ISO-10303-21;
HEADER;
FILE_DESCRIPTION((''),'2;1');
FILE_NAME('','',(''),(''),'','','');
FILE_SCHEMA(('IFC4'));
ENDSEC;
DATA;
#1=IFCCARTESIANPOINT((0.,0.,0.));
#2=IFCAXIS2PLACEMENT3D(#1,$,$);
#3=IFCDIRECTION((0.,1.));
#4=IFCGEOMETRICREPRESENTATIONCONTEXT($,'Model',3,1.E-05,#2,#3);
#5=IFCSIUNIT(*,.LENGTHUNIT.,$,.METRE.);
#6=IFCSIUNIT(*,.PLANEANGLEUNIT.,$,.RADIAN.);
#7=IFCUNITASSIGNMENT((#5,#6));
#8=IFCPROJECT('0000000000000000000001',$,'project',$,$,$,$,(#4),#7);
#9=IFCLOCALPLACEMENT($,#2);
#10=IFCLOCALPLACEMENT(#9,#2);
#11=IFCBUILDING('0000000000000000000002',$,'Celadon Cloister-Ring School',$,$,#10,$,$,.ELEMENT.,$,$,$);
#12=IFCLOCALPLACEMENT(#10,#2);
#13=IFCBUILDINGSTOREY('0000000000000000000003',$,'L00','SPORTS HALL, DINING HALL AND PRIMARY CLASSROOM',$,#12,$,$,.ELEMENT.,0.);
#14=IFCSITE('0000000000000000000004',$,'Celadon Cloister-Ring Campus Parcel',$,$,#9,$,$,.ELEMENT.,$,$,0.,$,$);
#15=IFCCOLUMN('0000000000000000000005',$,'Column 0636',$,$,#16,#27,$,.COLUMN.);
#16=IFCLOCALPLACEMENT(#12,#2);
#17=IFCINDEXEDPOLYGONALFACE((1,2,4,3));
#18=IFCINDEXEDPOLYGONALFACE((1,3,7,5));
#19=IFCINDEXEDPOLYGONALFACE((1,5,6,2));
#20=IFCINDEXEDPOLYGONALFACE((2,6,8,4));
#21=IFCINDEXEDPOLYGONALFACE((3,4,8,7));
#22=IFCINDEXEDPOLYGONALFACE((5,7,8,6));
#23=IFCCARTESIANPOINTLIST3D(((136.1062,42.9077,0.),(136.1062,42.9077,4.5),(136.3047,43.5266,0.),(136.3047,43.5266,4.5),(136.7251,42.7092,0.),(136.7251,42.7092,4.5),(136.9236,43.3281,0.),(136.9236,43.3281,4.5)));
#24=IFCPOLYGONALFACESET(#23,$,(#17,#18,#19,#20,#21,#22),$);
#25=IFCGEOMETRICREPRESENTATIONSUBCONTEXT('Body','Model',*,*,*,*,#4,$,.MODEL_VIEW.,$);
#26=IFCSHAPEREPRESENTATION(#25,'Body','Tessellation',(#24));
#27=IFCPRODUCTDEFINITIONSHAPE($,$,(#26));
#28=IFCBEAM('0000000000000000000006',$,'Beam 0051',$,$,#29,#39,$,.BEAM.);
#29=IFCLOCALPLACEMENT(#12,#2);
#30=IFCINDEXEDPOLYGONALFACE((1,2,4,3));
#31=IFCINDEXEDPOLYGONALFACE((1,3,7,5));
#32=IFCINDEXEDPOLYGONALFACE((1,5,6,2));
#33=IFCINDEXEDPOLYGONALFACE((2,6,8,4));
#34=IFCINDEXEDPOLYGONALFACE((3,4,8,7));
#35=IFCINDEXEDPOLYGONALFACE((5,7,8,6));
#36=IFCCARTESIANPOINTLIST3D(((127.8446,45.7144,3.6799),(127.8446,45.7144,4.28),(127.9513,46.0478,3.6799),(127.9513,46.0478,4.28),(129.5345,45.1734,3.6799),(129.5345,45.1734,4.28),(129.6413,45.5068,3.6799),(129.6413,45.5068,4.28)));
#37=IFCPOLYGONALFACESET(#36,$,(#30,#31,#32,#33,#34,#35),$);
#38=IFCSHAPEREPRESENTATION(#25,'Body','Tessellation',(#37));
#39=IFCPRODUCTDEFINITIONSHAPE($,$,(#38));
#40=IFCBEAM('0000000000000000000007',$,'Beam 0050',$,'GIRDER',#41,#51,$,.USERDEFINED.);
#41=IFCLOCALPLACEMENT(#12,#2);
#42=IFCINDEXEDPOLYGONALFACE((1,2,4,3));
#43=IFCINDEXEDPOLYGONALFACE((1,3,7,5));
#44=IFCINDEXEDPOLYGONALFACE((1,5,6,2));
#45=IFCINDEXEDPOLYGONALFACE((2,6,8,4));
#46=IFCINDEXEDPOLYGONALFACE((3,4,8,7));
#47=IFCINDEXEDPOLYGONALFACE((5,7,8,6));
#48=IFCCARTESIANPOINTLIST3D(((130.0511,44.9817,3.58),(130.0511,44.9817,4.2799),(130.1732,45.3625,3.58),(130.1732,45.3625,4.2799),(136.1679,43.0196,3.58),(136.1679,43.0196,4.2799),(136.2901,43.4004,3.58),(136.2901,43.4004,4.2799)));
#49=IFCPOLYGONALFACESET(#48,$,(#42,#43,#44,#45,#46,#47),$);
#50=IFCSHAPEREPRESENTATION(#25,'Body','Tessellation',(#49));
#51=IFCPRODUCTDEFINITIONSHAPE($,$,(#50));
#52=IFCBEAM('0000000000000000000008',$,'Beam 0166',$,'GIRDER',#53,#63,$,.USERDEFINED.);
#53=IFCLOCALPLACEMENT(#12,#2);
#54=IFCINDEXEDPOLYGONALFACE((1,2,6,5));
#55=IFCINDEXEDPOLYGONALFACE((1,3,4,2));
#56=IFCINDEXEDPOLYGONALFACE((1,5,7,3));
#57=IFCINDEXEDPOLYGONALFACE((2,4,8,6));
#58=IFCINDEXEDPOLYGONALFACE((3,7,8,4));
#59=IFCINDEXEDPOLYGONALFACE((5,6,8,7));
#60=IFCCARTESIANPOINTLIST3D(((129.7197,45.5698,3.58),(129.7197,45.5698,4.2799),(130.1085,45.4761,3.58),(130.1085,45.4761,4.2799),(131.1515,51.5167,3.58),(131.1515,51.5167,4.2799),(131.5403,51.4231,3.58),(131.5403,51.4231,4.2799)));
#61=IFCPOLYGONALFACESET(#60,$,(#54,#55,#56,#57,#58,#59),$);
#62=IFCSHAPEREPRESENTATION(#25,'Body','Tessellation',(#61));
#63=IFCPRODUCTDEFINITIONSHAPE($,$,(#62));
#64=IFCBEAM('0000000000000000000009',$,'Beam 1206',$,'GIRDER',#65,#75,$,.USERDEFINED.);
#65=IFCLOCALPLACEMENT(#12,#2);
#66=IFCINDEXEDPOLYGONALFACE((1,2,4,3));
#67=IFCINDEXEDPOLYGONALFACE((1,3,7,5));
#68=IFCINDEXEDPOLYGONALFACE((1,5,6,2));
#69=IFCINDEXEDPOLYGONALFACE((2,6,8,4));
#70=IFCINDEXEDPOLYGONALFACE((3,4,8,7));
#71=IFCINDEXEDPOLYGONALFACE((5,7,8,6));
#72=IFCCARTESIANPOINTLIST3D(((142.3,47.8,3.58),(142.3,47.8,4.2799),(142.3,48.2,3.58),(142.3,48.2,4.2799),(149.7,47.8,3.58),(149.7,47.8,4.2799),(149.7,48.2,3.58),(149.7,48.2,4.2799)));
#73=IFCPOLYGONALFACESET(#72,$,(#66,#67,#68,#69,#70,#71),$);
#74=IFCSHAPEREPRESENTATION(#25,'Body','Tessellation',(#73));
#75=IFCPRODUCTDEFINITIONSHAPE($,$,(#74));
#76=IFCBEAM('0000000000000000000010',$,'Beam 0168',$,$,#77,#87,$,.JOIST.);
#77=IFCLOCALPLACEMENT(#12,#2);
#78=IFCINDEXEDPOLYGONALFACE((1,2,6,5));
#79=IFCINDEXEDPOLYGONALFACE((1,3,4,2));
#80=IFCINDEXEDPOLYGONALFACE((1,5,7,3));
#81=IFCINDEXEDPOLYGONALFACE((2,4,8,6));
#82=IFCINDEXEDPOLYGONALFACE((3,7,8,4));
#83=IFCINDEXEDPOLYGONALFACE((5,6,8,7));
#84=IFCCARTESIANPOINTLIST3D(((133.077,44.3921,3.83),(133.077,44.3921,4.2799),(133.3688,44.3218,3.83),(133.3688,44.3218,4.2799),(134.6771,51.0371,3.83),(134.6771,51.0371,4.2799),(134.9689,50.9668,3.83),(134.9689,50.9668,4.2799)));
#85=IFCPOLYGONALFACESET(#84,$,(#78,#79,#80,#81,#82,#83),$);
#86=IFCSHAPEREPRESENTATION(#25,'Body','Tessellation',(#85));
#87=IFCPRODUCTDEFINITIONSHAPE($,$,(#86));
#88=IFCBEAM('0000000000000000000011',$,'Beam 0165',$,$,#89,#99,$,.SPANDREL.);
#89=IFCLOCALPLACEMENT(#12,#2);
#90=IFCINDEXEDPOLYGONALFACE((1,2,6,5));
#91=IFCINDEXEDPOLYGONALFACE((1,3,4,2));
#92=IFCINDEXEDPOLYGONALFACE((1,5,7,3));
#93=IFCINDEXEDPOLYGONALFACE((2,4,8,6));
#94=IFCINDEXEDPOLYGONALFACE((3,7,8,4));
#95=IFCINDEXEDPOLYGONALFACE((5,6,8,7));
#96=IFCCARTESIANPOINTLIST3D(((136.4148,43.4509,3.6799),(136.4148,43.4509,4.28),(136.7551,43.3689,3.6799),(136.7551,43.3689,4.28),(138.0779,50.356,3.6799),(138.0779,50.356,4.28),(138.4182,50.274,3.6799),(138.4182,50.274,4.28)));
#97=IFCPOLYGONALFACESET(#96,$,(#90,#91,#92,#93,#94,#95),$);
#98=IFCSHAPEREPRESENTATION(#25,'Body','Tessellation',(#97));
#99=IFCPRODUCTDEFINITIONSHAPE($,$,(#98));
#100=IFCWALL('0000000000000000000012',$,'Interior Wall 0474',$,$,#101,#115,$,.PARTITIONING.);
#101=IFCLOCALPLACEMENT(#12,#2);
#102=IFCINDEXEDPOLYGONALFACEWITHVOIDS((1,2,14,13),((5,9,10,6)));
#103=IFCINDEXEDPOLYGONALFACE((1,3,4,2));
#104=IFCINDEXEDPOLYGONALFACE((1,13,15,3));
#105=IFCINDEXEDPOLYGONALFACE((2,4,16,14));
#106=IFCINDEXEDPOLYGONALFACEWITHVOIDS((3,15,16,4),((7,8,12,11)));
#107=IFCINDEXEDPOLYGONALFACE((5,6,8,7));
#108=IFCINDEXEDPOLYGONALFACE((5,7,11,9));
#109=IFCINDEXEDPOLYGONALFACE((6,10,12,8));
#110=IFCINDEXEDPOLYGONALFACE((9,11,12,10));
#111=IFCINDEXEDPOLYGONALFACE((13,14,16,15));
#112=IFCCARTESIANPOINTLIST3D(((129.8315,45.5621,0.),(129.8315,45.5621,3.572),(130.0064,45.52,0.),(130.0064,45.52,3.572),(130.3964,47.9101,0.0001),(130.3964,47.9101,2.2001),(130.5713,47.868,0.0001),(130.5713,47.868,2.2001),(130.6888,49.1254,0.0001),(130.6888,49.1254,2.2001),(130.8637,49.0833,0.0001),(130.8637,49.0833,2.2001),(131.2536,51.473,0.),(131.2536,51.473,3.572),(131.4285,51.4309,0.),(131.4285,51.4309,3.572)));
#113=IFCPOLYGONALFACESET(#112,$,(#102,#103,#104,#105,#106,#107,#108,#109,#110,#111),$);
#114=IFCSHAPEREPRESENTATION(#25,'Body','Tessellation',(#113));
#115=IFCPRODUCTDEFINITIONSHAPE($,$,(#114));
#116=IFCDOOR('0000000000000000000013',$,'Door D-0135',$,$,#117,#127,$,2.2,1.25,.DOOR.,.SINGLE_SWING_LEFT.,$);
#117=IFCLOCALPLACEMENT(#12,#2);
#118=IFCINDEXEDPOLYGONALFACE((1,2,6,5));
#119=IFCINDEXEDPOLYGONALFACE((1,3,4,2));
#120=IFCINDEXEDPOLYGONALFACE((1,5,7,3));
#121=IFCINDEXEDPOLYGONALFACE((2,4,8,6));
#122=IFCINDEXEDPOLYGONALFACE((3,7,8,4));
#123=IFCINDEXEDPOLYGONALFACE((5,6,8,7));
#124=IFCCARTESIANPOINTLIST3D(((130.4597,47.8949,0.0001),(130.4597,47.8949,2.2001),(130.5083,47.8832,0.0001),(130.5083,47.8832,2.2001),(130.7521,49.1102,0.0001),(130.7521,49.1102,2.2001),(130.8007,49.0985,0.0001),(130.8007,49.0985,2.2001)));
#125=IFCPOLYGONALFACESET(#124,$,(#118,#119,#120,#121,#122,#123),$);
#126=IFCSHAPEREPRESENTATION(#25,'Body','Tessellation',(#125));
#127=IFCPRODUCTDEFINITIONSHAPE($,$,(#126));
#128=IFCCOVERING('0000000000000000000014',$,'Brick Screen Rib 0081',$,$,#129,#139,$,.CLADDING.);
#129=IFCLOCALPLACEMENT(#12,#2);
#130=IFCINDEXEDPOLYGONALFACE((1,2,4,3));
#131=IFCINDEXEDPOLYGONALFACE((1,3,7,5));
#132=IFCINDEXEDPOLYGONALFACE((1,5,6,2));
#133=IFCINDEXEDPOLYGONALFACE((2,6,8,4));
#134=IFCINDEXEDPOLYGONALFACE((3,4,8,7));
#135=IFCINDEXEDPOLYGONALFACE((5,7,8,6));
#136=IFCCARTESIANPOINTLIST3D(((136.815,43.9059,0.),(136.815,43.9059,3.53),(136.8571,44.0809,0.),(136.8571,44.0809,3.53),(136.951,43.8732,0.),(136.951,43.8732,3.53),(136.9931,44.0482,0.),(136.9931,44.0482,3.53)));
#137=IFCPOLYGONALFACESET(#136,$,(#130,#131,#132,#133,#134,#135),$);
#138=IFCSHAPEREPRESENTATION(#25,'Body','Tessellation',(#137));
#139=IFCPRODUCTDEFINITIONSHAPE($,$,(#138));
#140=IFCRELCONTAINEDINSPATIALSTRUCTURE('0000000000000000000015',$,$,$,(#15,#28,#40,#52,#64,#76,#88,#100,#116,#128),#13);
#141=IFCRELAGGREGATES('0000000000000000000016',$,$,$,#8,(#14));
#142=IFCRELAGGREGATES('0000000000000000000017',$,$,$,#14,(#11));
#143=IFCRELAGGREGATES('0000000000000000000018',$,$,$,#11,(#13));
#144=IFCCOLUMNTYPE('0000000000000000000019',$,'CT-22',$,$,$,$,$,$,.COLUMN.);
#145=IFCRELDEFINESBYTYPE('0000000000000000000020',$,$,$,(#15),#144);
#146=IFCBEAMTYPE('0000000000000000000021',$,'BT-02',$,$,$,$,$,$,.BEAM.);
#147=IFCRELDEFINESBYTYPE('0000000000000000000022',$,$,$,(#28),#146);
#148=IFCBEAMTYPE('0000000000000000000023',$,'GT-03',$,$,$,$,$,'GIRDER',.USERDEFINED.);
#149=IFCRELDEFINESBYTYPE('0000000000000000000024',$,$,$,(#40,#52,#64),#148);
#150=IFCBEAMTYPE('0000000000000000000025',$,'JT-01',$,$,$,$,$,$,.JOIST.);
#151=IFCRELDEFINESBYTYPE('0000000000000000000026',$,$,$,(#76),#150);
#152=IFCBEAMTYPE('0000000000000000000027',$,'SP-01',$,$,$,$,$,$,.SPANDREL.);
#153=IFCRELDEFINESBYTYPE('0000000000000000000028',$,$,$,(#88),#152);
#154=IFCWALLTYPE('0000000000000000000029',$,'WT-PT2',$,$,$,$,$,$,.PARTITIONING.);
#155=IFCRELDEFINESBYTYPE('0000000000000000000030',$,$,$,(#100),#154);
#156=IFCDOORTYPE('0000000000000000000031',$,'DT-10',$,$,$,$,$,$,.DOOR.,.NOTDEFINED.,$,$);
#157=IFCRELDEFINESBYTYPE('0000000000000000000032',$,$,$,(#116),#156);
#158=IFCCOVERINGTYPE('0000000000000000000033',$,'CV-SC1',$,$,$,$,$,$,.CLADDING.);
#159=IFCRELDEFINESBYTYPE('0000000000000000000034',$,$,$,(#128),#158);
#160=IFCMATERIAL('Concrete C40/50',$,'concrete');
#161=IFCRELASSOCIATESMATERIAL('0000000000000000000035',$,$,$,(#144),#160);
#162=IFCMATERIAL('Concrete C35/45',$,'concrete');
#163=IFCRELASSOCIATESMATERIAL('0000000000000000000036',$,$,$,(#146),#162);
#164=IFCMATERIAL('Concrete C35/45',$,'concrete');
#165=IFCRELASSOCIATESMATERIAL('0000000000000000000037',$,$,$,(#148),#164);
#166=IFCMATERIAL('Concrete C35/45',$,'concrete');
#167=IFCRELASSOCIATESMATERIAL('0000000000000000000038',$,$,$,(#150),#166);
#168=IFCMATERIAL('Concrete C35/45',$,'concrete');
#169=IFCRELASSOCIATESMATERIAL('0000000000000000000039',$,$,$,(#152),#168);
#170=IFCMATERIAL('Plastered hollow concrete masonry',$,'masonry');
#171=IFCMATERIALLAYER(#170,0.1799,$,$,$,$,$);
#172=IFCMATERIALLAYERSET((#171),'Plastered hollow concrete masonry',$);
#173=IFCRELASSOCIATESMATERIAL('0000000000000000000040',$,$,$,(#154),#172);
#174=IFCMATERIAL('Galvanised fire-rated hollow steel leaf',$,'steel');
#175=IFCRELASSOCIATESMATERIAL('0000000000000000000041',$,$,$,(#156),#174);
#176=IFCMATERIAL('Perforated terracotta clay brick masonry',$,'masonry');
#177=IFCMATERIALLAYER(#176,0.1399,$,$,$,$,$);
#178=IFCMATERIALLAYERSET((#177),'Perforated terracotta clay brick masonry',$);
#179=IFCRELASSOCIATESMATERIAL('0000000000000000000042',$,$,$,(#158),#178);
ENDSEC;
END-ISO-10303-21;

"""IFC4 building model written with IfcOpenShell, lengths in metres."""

from ifc_helpers import new_model, si_unit, direction, frame, frame_2d, origin, origin_2d, place, context, subcontext, project, spatial, rectangle, extrude, material, layer, layer_set, material_profile, profile_set, type_object, element, fill, save


model = new_model("IFC4")

# Units and contexts
model_context = context("Model", 3, precision=1e-05, world=origin(), true_north=direction((0.0, 1.0)))
body_context = subcontext(model_context, "Body", "Model", "MODEL_VIEW")
ifc_project = project(units=[si_unit("LENGTHUNIT", "METRE"), si_unit("PLANEANGLEUNIT", "RADIAN")], contexts=[model_context])

# Site, building, storey
site_placement = place(None, origin())
site = spatial("IfcSite", under=ifc_project, at=site_placement, Name="Celadon Cloister-Ring Campus Parcel", CompositionType="ELEMENT", RefElevation=0.0)
building_placement = place(site_placement, origin())
building = spatial("IfcBuilding", under=site, at=building_placement, Name="Celadon Cloister-Ring School", CompositionType="ELEMENT")
storey_placement = place(building_placement, origin())
storey = spatial("IfcBuildingStorey", under=building, at=storey_placement, Name="L00", Description="SPORTS HALL, DINING HALL AND PRIMARY CLASSROOM", CompositionType="ELEMENT", Elevation=0.0)

# Column
ifc_material_1 = material(Name="Concrete C40/50", Category="concrete")
ifc_material_profile_1 = material_profile(ifc_material_1, rectangle(XDim=0.6499, YDim=0.6499, at=origin_2d()), Name="RC650X650")
ifc_profile_set_1 = profile_set([ifc_material_profile_1], Name="Concrete C40/50")
column_type_1 = type_object("IfcColumnType", Name="CT-22", PredefinedType="COLUMN", material=ifc_profile_set_1)
column_1_placement = place(storey_placement, frame((136.5149, 43.1179, 0.0), z_axis=(0.0, 0.0, 1.0), x_axis=(0.952215, -0.305429, 0.0)))
element("IfcColumn", 1, at=column_1_placement, inside=storey, type_object=column_type_1, Name="Column 0636", PredefinedType="COLUMN", context=body_context, shape_type="SweptSolid", body=[
    extrude(rectangle(XDim=0.6499, YDim=0.6499, at=origin_2d()), origin(), (0.0, 0.0, 1.0), 4.5),
])

# Beams
ifc_material_2 = material(Name="Concrete C35/45", Category="concrete")
ifc_material_profile_2 = material_profile(ifc_material_2, rectangle(XDim=0.3501, YDim=0.6001, at=origin_2d()), Name="RC350X600")
ifc_profile_set_2 = profile_set([ifc_material_profile_2], Name="Concrete C35/45")
beam_type_1 = type_object("IfcBeamType", Name="BT-02", PredefinedType="BEAM", material=ifc_profile_set_2)
beam_1_placement = place(storey_placement, frame((129.5879, 45.3401, 3.98), z_axis=(-0.952386, 0.304896, 0.0), x_axis=(-0.304896, -0.952386, 0.0)))
element("IfcBeam", 2, at=beam_1_placement, inside=storey, type_object=beam_type_1, Name="Beam 0051", PredefinedType="BEAM", context=body_context, shape_type="SweptSolid", body=[
    extrude(rectangle(XDim=0.3501, YDim=0.6001, at=origin_2d()), origin(), (0.0, 0.0, 1.0), 1.7744),
])
ifc_material_3 = material(Name="Concrete C35/45", Category="concrete")
ifc_material_profile_3 = material_profile(ifc_material_3, rectangle(XDim=0.3999, YDim=0.7, at=origin_2d()), Name="RC400X700")
ifc_profile_set_3 = profile_set([ifc_material_profile_3], Name="Concrete C35/45")
beam_type_2 = type_object("IfcBeamType", Name="GT-03", ElementType="GIRDER", PredefinedType="USERDEFINED", material=ifc_profile_set_3)
beam_2_placement = place(storey_placement, frame((136.229, 43.21, 3.9299), z_axis=(-0.95221, 0.305444, 0.0), x_axis=(-0.305444, -0.95221, 0.0)))
element("IfcBeam", 3, at=beam_2_placement, inside=storey, type_object=beam_type_2, Name="Beam 0050", ObjectType="GIRDER", PredefinedType="USERDEFINED", context=body_context, shape_type="SweptSolid", body=[
    extrude(rectangle(XDim=0.3999, YDim=0.7, at=origin_2d()), origin(), (0.0, 0.0, 1.0), 6.4238),
])
beam_3_placement = place(storey_placement, frame((129.9141, 45.5229, 3.9299), z_axis=(0.234084, 0.972216, 0.0), x_axis=(-0.972216, 0.234084, 0.0)))
element("IfcBeam", 4, at=beam_3_placement, inside=storey, type_object=beam_type_2, Name="Beam 0166", ObjectType="GIRDER", PredefinedType="USERDEFINED", context=body_context, shape_type="SweptSolid", body=[
    extrude(rectangle(XDim=0.3999, YDim=0.7, at=origin_2d()), origin(), (0.0, 0.0, 1.0), 6.1169),
])
beam_4_placement = place(storey_placement, frame((142.3, 48.0, 3.9299), z_axis=(1.0, 0.0, 0.0), x_axis=(0.0, 1.0, 0.0)))
element("IfcBeam", 5, at=beam_4_placement, inside=storey, type_object=beam_type_2, Name="Beam 1206", ObjectType="GIRDER", PredefinedType="USERDEFINED", context=body_context, shape_type="SweptSolid", body=[
    extrude(rectangle(XDim=0.3999, YDim=0.7, at=origin_2d()), origin(), (0.0, 0.0, 1.0), 7.3999),
])
ifc_material_4 = material(Name="Concrete C35/45", Category="concrete")
ifc_material_profile_4 = material_profile(ifc_material_4, rectangle(XDim=0.3, YDim=0.45, at=origin_2d()), Name="RC300X450")
ifc_profile_set_4 = profile_set([ifc_material_profile_4], Name="Concrete C35/45")
beam_type_3 = type_object("IfcBeamType", Name="JT-01", PredefinedType="JOIST", material=ifc_profile_set_4)
beam_5_placement = place(storey_placement, frame((133.2229, 44.3569, 4.0549), z_axis=(0.234105, 0.972211, 0.0), x_axis=(-0.972211, 0.234105, 0.0)))
element("IfcBeam", 6, at=beam_5_placement, inside=storey, type_object=beam_type_3, Name="Beam 0168", PredefinedType="JOIST", context=body_context, shape_type="SweptSolid", body=[
    extrude(rectangle(XDim=0.3, YDim=0.45, at=origin_2d()), origin(), (0.0, 0.0, 1.0), 6.835),
])
ifc_material_5 = material(Name="Concrete C35/45", Category="concrete")
ifc_material_profile_5 = material_profile(ifc_material_5, rectangle(XDim=0.3501, YDim=0.6001, at=origin_2d()), Name="RC350X600")
ifc_profile_set_5 = profile_set([ifc_material_profile_5], Name="Concrete C35/45")
beam_type_4 = type_object("IfcBeamType", Name="SP-01", PredefinedType="SPANDREL", material=ifc_profile_set_5)
beam_6_placement = place(storey_placement, frame((136.585, 43.4099, 3.98), z_axis=(0.234156, 0.972199, 0.0), x_axis=(-0.972199, 0.234156, 0.0)))
element("IfcBeam", 7, at=beam_6_placement, inside=storey, type_object=beam_type_4, Name="Beam 0165", PredefinedType="SPANDREL", context=body_context, shape_type="SweptSolid", body=[
    extrude(rectangle(XDim=0.3501, YDim=0.6001, at=origin_2d()), origin(), (0.0, 0.0, 1.0), 7.1025),
])

# Wall, opening, door
ifc_material_6 = material(Name="Plastered hollow concrete masonry", Category="masonry")
ifc_layer_1 = layer(ifc_material_6, 0.1799)
ifc_layer_set_1 = layer_set([ifc_layer_1], Name="Plastered hollow concrete masonry")
wall_type = type_object("IfcWallType", Name="WT-PT2", PredefinedType="PARTITIONING", material=ifc_layer_set_1)
wall_placement = place(storey_placement, frame((129.9189, 45.541, 0.0), z_axis=(0.0, 0.0, 1.0), x_axis=(0.233918, 0.972256, 0.0)))
wall = element("IfcWall", 8, at=wall_placement, inside=storey, type_object=wall_type, Name="Interior Wall 0474", PredefinedType="PARTITIONING", context=body_context, shape_type="SweptSolid", body=[
    extrude(rectangle(XDim=6.0796, YDim=0.1799, at=frame_2d((3.0398, 0.0))), origin(), (0.0, 0.0, 1.0), 3.572),
])
opening_placement = place(wall_placement, frame((2.415, 0.0, 0.0)))
opening = element("IfcOpeningElement", 9, at=opening_placement, cuts=wall, PredefinedType="OPENING", context=body_context, shape_type="SweptSolid", body=[
    extrude(rectangle(XDim=1.25, YDim=2.2, at=frame_2d((0.625, 1.1001))), frame((0.0, 0.1001, 0.0), z_axis=(0.0, -1.0, 0.0), x_axis=(1.0, 0.0, 0.0)), (0.0, 0.0, 1.0), 0.2),
])
ifc_material_7 = material(Name="Galvanised fire-rated hollow steel leaf", Category="steel")
door_type = type_object("IfcDoorType", Name="DT-10", OperationType="NOTDEFINED", PredefinedType="DOOR", material=ifc_material_7)
door_placement = place(opening_placement, origin())
door = element("IfcDoor", 10, at=door_placement, inside=storey, type_object=door_type, Name="Door D-0135", OperationType="SINGLE_SWING_LEFT", OverallHeight=2.2, OverallWidth=1.25, PredefinedType="DOOR", context=body_context, shape_type="SweptSolid", body=[
    extrude(rectangle(XDim=1.25, YDim=2.2, at=frame_2d((0.625, 1.1001))), frame((0.0, 0.0249, 0.0), z_axis=(0.0, -1.0, 0.0), x_axis=(1.0, 0.0, 0.0)), (0.0, 0.0, 1.0), 0.05),
])
fill(opening, door)

# Covering
ifc_material_8 = material(Name="Perforated terracotta clay brick masonry", Category="masonry")
ifc_layer_2 = layer(ifc_material_8, 0.1399)
ifc_layer_set_2 = layer_set([ifc_layer_2], Name="Perforated terracotta clay brick masonry")
covering_type = type_object("IfcCoveringType", Name="CV-SC1", PredefinedType="CLADDING", material=ifc_layer_set_2)
covering_placement = place(storey_placement, frame((136.9041, 43.9771, 0.0), z_axis=(0.0, 0.0, 1.0), x_axis=(-0.233988, -0.972239, 0.0)))
element("IfcCovering", 11, at=covering_placement, inside=storey, type_object=covering_type, Name="Brick Screen Rib 0081", PredefinedType="CLADDING", context=body_context, shape_type="SweptSolid", body=[
    extrude(rectangle(XDim=0.1799, YDim=0.1399, at=origin_2d()), origin(), (0.0, 0.0, 1.0), 3.53),
])

save(model, "model.ifc")
